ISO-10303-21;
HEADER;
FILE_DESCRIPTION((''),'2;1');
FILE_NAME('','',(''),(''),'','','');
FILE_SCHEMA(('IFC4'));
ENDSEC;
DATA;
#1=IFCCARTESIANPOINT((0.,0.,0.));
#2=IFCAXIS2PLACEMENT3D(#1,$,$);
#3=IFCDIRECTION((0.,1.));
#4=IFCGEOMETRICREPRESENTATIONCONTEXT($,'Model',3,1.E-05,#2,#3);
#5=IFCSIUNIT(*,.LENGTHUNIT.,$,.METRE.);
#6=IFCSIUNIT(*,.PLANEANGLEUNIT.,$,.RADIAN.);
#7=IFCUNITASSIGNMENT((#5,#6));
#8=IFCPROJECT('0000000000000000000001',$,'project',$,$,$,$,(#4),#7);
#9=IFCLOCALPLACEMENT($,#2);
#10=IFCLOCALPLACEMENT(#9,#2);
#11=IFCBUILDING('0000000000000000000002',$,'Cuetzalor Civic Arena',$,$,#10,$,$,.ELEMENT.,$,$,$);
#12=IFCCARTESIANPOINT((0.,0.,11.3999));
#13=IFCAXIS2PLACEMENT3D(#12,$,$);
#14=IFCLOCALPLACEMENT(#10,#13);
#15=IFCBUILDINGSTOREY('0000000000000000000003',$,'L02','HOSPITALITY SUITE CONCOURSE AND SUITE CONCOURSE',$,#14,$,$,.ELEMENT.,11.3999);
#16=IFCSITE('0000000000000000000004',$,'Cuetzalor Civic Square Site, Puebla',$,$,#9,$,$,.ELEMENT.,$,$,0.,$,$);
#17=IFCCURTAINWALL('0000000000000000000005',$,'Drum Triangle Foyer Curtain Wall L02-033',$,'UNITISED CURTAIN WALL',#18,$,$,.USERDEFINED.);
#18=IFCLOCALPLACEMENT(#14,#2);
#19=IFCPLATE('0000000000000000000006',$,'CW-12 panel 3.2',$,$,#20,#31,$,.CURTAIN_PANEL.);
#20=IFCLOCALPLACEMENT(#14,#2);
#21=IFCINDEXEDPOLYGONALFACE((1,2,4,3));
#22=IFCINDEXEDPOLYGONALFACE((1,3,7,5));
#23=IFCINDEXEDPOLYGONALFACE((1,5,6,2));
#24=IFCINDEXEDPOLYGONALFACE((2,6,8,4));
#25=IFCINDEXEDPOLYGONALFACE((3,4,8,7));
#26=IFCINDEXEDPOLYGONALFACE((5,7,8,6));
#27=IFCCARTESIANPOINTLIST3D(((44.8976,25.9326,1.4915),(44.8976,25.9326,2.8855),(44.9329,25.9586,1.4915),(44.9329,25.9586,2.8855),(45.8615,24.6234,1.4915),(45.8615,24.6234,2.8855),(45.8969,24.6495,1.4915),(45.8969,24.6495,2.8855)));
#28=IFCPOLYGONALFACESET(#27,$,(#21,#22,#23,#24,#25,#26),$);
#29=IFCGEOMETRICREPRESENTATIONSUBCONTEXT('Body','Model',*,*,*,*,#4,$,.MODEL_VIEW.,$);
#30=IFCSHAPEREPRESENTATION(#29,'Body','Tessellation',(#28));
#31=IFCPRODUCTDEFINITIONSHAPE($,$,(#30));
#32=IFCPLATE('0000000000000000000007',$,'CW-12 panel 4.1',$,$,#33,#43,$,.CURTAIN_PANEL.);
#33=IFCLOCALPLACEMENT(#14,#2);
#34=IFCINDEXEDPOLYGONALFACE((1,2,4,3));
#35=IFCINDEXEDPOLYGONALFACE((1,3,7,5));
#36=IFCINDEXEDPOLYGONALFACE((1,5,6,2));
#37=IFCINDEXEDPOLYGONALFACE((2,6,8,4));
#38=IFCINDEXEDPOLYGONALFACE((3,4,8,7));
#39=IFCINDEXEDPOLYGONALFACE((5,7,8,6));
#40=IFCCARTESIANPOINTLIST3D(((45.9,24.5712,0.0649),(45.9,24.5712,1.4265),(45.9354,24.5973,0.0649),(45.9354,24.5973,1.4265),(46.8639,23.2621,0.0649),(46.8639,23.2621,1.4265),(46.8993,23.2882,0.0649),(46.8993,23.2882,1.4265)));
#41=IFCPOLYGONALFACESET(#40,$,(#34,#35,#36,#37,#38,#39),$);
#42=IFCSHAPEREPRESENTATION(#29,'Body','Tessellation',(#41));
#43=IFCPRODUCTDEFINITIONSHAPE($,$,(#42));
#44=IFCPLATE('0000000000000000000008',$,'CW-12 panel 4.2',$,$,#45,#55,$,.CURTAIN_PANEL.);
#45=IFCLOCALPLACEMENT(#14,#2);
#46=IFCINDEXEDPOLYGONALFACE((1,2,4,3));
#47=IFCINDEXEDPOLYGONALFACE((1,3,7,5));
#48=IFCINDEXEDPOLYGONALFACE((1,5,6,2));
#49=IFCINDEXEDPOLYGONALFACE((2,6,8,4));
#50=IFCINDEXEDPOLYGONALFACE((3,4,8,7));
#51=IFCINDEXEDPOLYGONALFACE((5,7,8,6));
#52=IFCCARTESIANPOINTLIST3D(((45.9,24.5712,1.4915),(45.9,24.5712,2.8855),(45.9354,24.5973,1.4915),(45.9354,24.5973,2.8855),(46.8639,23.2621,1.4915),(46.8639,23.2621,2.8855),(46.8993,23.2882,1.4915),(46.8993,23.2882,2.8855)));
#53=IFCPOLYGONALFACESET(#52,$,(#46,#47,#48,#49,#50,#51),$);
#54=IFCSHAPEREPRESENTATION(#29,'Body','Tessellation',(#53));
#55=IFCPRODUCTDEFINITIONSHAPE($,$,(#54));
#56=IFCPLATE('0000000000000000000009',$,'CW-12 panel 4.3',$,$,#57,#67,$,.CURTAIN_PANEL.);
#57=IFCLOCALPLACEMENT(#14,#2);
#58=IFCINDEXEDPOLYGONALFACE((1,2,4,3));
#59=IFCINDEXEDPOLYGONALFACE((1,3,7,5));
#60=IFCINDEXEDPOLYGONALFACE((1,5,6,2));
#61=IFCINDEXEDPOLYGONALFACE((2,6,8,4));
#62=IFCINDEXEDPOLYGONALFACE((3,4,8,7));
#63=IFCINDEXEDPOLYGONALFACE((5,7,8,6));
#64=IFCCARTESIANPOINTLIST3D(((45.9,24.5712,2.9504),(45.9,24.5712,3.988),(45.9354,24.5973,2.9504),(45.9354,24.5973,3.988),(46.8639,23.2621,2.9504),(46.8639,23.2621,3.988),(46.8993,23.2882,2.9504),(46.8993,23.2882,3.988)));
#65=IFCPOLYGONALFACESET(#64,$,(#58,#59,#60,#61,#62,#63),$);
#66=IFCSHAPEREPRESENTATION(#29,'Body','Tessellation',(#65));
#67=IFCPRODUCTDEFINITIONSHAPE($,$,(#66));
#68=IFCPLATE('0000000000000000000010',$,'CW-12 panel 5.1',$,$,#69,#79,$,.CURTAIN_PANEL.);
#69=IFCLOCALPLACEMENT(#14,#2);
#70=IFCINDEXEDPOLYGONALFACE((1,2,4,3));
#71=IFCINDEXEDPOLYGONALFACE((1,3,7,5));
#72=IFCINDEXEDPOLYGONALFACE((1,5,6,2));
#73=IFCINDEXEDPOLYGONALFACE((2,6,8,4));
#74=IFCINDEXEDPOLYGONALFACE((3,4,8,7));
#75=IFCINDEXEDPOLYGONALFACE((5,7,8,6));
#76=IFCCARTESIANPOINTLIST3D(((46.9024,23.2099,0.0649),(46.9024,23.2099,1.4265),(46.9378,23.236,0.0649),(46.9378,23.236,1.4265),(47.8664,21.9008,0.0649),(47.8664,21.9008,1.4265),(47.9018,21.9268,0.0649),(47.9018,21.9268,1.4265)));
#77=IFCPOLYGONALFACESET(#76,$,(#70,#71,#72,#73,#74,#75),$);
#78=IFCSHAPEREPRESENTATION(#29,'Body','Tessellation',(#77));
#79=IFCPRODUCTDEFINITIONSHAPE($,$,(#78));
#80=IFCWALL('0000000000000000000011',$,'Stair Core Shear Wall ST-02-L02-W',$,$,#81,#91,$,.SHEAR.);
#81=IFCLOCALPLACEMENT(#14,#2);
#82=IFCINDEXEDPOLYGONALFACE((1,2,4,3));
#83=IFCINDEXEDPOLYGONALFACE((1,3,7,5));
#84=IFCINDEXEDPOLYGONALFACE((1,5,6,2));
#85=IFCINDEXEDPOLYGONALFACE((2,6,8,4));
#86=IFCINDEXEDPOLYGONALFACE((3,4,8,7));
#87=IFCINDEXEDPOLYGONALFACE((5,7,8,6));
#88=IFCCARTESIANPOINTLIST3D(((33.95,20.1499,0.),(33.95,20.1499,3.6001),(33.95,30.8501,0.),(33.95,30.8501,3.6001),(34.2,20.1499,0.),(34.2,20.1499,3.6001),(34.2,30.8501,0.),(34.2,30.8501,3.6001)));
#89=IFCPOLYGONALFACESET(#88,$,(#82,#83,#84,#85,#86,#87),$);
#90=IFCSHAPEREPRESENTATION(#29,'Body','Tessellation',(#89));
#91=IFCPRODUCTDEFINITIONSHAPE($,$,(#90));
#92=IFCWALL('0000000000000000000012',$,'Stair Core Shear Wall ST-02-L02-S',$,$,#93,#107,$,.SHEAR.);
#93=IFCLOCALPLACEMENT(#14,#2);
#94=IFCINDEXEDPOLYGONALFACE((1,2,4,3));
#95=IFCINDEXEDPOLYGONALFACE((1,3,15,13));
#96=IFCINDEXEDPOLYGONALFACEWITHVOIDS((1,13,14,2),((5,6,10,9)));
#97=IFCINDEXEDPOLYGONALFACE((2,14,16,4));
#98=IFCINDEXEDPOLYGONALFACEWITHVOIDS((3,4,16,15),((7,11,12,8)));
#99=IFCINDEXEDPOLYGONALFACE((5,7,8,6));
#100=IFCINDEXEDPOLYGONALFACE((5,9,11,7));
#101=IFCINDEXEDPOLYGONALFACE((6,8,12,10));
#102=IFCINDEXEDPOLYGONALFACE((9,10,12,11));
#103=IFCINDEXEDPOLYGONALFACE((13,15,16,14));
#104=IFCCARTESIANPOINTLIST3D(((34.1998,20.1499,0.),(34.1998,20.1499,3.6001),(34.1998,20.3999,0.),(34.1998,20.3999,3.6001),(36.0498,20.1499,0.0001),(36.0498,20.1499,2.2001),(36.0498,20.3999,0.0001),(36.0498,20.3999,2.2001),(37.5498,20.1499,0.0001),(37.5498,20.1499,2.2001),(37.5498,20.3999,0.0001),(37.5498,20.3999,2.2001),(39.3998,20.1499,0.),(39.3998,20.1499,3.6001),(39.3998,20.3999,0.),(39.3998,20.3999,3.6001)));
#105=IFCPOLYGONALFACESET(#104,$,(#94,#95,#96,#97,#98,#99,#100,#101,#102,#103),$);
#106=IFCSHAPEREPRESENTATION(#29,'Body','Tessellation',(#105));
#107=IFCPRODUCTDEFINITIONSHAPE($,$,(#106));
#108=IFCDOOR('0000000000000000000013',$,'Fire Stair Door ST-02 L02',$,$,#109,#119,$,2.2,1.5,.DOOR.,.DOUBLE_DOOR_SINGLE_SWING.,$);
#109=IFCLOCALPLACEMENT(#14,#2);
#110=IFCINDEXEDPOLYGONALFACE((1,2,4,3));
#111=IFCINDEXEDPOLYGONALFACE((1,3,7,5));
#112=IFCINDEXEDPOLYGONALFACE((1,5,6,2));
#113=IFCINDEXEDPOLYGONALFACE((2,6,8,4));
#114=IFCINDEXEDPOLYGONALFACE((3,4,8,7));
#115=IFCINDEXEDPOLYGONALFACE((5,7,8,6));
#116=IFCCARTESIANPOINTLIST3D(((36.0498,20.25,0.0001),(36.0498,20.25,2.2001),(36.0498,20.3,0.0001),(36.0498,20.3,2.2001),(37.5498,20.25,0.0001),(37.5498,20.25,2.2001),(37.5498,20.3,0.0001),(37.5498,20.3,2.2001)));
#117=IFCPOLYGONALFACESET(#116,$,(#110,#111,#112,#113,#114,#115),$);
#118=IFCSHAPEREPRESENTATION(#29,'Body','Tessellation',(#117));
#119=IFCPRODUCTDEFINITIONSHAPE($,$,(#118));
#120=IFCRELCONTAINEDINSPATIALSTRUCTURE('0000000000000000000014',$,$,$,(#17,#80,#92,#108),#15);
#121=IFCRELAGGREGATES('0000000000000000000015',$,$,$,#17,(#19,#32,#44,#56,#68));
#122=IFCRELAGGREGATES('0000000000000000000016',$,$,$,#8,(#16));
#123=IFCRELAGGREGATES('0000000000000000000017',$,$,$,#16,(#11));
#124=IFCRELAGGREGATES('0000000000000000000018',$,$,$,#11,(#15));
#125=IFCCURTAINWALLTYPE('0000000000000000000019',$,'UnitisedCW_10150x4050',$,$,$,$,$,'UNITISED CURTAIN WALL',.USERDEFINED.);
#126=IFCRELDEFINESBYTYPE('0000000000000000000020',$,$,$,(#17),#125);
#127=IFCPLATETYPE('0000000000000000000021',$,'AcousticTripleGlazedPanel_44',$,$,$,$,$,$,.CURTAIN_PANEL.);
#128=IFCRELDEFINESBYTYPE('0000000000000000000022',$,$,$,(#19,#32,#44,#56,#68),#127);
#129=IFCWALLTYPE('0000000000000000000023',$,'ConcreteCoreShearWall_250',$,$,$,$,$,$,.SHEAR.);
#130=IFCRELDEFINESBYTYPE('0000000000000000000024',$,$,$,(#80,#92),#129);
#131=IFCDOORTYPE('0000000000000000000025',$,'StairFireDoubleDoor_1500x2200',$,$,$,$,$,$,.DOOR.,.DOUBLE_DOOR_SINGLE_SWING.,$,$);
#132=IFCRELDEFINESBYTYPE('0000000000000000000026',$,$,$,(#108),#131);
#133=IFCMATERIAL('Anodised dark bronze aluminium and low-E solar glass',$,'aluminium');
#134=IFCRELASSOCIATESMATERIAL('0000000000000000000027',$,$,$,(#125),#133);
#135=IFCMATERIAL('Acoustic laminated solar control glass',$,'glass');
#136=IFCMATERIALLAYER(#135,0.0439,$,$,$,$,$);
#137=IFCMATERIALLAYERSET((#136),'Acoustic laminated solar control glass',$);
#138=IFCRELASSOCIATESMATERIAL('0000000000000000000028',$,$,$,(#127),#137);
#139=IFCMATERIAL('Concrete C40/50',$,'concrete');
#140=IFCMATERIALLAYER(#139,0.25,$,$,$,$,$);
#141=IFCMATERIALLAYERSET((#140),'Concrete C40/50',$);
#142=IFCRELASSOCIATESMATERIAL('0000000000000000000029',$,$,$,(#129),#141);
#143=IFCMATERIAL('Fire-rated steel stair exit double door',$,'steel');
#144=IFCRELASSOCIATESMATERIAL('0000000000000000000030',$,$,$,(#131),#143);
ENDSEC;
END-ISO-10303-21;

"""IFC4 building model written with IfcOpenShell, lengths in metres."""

from ifc_helpers import new_model, si_unit, direction, frame, frame_2d, origin, origin_2d, place, context, subcontext, project, spatial, rectangle, extrude, material, layer, layer_set, type_object, element, fill, aggregate, save


model = new_model("IFC4")

# Units and contexts
model_context = context("Model", 3, precision=1e-05, world=origin(), true_north=direction((0.0, 1.0)))
body_context = subcontext(model_context, "Body", "Model", "MODEL_VIEW")
ifc_project = project(units=[si_unit("LENGTHUNIT", "METRE"), si_unit("PLANEANGLEUNIT", "RADIAN")], contexts=[model_context])

# Site, building, storey
site_placement = place(None, origin())
site = spatial("IfcSite", under=ifc_project, at=site_placement, Name="Cuetzalor Civic Square Site, Puebla", CompositionType="ELEMENT", RefElevation=0.0)
building_placement = place(site_placement, origin())
building = spatial("IfcBuilding", under=site, at=building_placement, Name="Cuetzalor Civic Arena", CompositionType="ELEMENT")
storey_placement = place(building_placement, frame((0.0, 0.0, 11.3999)))
storey = spatial("IfcBuildingStorey", under=building, at=storey_placement, Name="L02", Description="HOSPITALITY SUITE CONCOURSE AND SUITE CONCOURSE", CompositionType="ELEMENT", Elevation=11.3999)

# Curtain wall
ifc_material_1 = material(Name="Anodised dark bronze aluminium and low-E solar glass", Category="aluminium")
curtain_wall_type = type_object("IfcCurtainWallType", Name="UnitisedCW_10150x4050", ElementType="UNITISED CURTAIN WALL", PredefinedType="USERDEFINED", material=ifc_material_1)
curtain_wall_placement = place(storey_placement, origin())
curtain_wall = element("IfcCurtainWall", 1, at=curtain_wall_placement, inside=storey, type_object=curtain_wall_type, Name="Drum Triangle Foyer Curtain Wall L02-033", ObjectType="UNITISED CURTAIN WALL", PredefinedType="USERDEFINED")

# Plates
ifc_material_2 = material(Name="Acoustic laminated solar control glass", Category="glass")
ifc_layer_1 = layer(ifc_material_2, 0.0439)
ifc_layer_set_1 = layer_set([ifc_layer_1], Name="Acoustic laminated solar control glass")
plate_type = type_object("IfcPlateType", Name="AcousticTripleGlazedPanel_44", PredefinedType="CURTAIN_PANEL", material=ifc_layer_set_1)
plate_1_placement = place(storey_placement, frame((45.3972, 25.291, 1.4915), z_axis=(0.0, 0.0, 1.0), x_axis=(0.592929, -0.805255, 0.0)))
plate_1 = element("IfcPlate", 2, at=plate_1_placement, type_object=plate_type, Name="CW-12 panel 3.2", PredefinedType="CURTAIN_PANEL", context=body_context, shape_type="SweptSolid", body=[
    extrude(rectangle(XDim=1.6257, YDim=0.0439, at=origin_2d()), origin(), (0.0, 0.0, 1.0), 1.394),
])
plate_2_placement = place(storey_placement, frame((46.3997, 23.9297, 0.0649), z_axis=(0.0, 0.0, 1.0), x_axis=(0.592929, -0.805255, 0.0)))
plate_2 = element("IfcPlate", 3, at=plate_2_placement, type_object=plate_type, Name="CW-12 panel 4.1", PredefinedType="CURTAIN_PANEL", context=body_context, shape_type="SweptSolid", body=[
    extrude(rectangle(XDim=1.6257, YDim=0.0439, at=origin_2d()), origin(), (0.0, 0.0, 1.0), 1.3616),
])
plate_3_placement = place(storey_placement, frame((46.3997, 23.9297, 1.4915), z_axis=(0.0, 0.0, 1.0), x_axis=(0.592929, -0.805255, 0.0)))
plate_3 = element("IfcPlate", 4, at=plate_3_placement, type_object=plate_type, Name="CW-12 panel 4.2", PredefinedType="CURTAIN_PANEL", context=body_context, shape_type="SweptSolid", body=[
    extrude(rectangle(XDim=1.6257, YDim=0.0439, at=origin_2d()), origin(), (0.0, 0.0, 1.0), 1.394),
])
plate_4_placement = place(storey_placement, frame((46.3997, 23.9297, 2.9504), z_axis=(0.0, 0.0, 1.0), x_axis=(0.592929, -0.805255, 0.0)))
plate_4 = element("IfcPlate", 5, at=plate_4_placement, type_object=plate_type, Name="CW-12 panel 4.3", PredefinedType="CURTAIN_PANEL", context=body_context, shape_type="SweptSolid", body=[
    extrude(rectangle(XDim=1.6257, YDim=0.0439, at=origin_2d()), origin(), (0.0, 0.0, 1.0), 1.0376),
])
plate_5_placement = place(storey_placement, frame((47.4021, 22.5684, 0.0649), z_axis=(0.0, 0.0, 1.0), x_axis=(0.592929, -0.805255, 0.0)))
plate_5 = element("IfcPlate", 6, at=plate_5_placement, type_object=plate_type, Name="CW-12 panel 5.1", PredefinedType="CURTAIN_PANEL", context=body_context, shape_type="SweptSolid", body=[
    extrude(rectangle(XDim=1.6257, YDim=0.0439, at=origin_2d()), origin(), (0.0, 0.0, 1.0), 1.3616),
])
aggregate(curtain_wall, [plate_1, plate_2, plate_3, plate_4, plate_5])

# Wall
ifc_material_3 = material(Name="Concrete C40/50", Category="concrete")
ifc_layer_2 = layer(ifc_material_3, 0.25)
ifc_layer_set_2 = layer_set([ifc_layer_2], Name="Concrete C40/50")
wall_type = type_object("IfcWallType", Name="ConcreteCoreShearWall_250", PredefinedType="SHEAR", material=ifc_layer_set_2)
wall_1_placement = place(storey_placement, frame((34.075, 20.1499, 0.0), z_axis=(0.0, 0.0, 1.0), x_axis=(0.0, 1.0, 0.0)))
element("IfcWall", 7, at=wall_1_placement, inside=storey, type_object=wall_type, Name="Stair Core Shear Wall ST-02-L02-W", PredefinedType="SHEAR", context=body_context, shape_type="SweptSolid", body=[
    extrude(rectangle(XDim=10.7002, YDim=0.25, at=frame_2d((5.3501, 0.0))), origin(), (0.0, 0.0, 1.0), 3.6001),
])

# Wall, opening, door
wall_2_placement = place(storey_placement, frame((39.3999, 20.2749, 0.0), z_axis=(0.0, 0.0, 1.0), x_axis=(-1.0, 0.0, 0.0)))
wall_2 = element("IfcWall", 8, at=wall_2_placement, inside=storey, type_object=wall_type, Name="Stair Core Shear Wall ST-02-L02-S", PredefinedType="SHEAR", context=body_context, shape_type="SweptSolid", body=[
    extrude(rectangle(XDim=5.2, YDim=0.25, at=frame_2d((2.6001, 0.0))), origin(), (0.0, 0.0, 1.0), 3.6001),
])
opening_placement = place(wall_2_placement, frame((1.8501, 0.0, 0.0)))
opening = element("IfcOpeningElement", 9, at=opening_placement, cuts=wall_2, PredefinedType="OPENING", context=body_context, shape_type="SweptSolid", body=[
    extrude(rectangle(XDim=1.5, YDim=2.2, at=frame_2d((0.75, 1.1001))), frame((0.0, 0.135, 0.0), z_axis=(0.0, -1.0, 0.0), x_axis=(1.0, 0.0, 0.0)), (0.0, 0.0, 1.0), 0.27),
])
ifc_material_4 = material(Name="Fire-rated steel stair exit double door", Category="steel")
door_type = type_object("IfcDoorType", Name="StairFireDoubleDoor_1500x2200", OperationType="DOUBLE_DOOR_SINGLE_SWING", PredefinedType="DOOR", material=ifc_material_4)
door_placement = place(opening_placement, origin())
door = element("IfcDoor", 10, at=door_placement, inside=storey, type_object=door_type, Name="Fire Stair Door ST-02 L02", OperationType="DOUBLE_DOOR_SINGLE_SWING", OverallHeight=2.2, OverallWidth=1.5, PredefinedType="DOOR", context=body_context, shape_type="SweptSolid", body=[
    extrude(rectangle(XDim=1.5, YDim=2.2, at=frame_2d((0.75, 1.1001))), frame((0.0, 0.0249, 0.0), z_axis=(0.0, -1.0, 0.0), x_axis=(1.0, 0.0, 0.0)), (0.0, 0.0, 1.0), 0.05),
])
fill(opening, door)

save(model, "model.ifc")
